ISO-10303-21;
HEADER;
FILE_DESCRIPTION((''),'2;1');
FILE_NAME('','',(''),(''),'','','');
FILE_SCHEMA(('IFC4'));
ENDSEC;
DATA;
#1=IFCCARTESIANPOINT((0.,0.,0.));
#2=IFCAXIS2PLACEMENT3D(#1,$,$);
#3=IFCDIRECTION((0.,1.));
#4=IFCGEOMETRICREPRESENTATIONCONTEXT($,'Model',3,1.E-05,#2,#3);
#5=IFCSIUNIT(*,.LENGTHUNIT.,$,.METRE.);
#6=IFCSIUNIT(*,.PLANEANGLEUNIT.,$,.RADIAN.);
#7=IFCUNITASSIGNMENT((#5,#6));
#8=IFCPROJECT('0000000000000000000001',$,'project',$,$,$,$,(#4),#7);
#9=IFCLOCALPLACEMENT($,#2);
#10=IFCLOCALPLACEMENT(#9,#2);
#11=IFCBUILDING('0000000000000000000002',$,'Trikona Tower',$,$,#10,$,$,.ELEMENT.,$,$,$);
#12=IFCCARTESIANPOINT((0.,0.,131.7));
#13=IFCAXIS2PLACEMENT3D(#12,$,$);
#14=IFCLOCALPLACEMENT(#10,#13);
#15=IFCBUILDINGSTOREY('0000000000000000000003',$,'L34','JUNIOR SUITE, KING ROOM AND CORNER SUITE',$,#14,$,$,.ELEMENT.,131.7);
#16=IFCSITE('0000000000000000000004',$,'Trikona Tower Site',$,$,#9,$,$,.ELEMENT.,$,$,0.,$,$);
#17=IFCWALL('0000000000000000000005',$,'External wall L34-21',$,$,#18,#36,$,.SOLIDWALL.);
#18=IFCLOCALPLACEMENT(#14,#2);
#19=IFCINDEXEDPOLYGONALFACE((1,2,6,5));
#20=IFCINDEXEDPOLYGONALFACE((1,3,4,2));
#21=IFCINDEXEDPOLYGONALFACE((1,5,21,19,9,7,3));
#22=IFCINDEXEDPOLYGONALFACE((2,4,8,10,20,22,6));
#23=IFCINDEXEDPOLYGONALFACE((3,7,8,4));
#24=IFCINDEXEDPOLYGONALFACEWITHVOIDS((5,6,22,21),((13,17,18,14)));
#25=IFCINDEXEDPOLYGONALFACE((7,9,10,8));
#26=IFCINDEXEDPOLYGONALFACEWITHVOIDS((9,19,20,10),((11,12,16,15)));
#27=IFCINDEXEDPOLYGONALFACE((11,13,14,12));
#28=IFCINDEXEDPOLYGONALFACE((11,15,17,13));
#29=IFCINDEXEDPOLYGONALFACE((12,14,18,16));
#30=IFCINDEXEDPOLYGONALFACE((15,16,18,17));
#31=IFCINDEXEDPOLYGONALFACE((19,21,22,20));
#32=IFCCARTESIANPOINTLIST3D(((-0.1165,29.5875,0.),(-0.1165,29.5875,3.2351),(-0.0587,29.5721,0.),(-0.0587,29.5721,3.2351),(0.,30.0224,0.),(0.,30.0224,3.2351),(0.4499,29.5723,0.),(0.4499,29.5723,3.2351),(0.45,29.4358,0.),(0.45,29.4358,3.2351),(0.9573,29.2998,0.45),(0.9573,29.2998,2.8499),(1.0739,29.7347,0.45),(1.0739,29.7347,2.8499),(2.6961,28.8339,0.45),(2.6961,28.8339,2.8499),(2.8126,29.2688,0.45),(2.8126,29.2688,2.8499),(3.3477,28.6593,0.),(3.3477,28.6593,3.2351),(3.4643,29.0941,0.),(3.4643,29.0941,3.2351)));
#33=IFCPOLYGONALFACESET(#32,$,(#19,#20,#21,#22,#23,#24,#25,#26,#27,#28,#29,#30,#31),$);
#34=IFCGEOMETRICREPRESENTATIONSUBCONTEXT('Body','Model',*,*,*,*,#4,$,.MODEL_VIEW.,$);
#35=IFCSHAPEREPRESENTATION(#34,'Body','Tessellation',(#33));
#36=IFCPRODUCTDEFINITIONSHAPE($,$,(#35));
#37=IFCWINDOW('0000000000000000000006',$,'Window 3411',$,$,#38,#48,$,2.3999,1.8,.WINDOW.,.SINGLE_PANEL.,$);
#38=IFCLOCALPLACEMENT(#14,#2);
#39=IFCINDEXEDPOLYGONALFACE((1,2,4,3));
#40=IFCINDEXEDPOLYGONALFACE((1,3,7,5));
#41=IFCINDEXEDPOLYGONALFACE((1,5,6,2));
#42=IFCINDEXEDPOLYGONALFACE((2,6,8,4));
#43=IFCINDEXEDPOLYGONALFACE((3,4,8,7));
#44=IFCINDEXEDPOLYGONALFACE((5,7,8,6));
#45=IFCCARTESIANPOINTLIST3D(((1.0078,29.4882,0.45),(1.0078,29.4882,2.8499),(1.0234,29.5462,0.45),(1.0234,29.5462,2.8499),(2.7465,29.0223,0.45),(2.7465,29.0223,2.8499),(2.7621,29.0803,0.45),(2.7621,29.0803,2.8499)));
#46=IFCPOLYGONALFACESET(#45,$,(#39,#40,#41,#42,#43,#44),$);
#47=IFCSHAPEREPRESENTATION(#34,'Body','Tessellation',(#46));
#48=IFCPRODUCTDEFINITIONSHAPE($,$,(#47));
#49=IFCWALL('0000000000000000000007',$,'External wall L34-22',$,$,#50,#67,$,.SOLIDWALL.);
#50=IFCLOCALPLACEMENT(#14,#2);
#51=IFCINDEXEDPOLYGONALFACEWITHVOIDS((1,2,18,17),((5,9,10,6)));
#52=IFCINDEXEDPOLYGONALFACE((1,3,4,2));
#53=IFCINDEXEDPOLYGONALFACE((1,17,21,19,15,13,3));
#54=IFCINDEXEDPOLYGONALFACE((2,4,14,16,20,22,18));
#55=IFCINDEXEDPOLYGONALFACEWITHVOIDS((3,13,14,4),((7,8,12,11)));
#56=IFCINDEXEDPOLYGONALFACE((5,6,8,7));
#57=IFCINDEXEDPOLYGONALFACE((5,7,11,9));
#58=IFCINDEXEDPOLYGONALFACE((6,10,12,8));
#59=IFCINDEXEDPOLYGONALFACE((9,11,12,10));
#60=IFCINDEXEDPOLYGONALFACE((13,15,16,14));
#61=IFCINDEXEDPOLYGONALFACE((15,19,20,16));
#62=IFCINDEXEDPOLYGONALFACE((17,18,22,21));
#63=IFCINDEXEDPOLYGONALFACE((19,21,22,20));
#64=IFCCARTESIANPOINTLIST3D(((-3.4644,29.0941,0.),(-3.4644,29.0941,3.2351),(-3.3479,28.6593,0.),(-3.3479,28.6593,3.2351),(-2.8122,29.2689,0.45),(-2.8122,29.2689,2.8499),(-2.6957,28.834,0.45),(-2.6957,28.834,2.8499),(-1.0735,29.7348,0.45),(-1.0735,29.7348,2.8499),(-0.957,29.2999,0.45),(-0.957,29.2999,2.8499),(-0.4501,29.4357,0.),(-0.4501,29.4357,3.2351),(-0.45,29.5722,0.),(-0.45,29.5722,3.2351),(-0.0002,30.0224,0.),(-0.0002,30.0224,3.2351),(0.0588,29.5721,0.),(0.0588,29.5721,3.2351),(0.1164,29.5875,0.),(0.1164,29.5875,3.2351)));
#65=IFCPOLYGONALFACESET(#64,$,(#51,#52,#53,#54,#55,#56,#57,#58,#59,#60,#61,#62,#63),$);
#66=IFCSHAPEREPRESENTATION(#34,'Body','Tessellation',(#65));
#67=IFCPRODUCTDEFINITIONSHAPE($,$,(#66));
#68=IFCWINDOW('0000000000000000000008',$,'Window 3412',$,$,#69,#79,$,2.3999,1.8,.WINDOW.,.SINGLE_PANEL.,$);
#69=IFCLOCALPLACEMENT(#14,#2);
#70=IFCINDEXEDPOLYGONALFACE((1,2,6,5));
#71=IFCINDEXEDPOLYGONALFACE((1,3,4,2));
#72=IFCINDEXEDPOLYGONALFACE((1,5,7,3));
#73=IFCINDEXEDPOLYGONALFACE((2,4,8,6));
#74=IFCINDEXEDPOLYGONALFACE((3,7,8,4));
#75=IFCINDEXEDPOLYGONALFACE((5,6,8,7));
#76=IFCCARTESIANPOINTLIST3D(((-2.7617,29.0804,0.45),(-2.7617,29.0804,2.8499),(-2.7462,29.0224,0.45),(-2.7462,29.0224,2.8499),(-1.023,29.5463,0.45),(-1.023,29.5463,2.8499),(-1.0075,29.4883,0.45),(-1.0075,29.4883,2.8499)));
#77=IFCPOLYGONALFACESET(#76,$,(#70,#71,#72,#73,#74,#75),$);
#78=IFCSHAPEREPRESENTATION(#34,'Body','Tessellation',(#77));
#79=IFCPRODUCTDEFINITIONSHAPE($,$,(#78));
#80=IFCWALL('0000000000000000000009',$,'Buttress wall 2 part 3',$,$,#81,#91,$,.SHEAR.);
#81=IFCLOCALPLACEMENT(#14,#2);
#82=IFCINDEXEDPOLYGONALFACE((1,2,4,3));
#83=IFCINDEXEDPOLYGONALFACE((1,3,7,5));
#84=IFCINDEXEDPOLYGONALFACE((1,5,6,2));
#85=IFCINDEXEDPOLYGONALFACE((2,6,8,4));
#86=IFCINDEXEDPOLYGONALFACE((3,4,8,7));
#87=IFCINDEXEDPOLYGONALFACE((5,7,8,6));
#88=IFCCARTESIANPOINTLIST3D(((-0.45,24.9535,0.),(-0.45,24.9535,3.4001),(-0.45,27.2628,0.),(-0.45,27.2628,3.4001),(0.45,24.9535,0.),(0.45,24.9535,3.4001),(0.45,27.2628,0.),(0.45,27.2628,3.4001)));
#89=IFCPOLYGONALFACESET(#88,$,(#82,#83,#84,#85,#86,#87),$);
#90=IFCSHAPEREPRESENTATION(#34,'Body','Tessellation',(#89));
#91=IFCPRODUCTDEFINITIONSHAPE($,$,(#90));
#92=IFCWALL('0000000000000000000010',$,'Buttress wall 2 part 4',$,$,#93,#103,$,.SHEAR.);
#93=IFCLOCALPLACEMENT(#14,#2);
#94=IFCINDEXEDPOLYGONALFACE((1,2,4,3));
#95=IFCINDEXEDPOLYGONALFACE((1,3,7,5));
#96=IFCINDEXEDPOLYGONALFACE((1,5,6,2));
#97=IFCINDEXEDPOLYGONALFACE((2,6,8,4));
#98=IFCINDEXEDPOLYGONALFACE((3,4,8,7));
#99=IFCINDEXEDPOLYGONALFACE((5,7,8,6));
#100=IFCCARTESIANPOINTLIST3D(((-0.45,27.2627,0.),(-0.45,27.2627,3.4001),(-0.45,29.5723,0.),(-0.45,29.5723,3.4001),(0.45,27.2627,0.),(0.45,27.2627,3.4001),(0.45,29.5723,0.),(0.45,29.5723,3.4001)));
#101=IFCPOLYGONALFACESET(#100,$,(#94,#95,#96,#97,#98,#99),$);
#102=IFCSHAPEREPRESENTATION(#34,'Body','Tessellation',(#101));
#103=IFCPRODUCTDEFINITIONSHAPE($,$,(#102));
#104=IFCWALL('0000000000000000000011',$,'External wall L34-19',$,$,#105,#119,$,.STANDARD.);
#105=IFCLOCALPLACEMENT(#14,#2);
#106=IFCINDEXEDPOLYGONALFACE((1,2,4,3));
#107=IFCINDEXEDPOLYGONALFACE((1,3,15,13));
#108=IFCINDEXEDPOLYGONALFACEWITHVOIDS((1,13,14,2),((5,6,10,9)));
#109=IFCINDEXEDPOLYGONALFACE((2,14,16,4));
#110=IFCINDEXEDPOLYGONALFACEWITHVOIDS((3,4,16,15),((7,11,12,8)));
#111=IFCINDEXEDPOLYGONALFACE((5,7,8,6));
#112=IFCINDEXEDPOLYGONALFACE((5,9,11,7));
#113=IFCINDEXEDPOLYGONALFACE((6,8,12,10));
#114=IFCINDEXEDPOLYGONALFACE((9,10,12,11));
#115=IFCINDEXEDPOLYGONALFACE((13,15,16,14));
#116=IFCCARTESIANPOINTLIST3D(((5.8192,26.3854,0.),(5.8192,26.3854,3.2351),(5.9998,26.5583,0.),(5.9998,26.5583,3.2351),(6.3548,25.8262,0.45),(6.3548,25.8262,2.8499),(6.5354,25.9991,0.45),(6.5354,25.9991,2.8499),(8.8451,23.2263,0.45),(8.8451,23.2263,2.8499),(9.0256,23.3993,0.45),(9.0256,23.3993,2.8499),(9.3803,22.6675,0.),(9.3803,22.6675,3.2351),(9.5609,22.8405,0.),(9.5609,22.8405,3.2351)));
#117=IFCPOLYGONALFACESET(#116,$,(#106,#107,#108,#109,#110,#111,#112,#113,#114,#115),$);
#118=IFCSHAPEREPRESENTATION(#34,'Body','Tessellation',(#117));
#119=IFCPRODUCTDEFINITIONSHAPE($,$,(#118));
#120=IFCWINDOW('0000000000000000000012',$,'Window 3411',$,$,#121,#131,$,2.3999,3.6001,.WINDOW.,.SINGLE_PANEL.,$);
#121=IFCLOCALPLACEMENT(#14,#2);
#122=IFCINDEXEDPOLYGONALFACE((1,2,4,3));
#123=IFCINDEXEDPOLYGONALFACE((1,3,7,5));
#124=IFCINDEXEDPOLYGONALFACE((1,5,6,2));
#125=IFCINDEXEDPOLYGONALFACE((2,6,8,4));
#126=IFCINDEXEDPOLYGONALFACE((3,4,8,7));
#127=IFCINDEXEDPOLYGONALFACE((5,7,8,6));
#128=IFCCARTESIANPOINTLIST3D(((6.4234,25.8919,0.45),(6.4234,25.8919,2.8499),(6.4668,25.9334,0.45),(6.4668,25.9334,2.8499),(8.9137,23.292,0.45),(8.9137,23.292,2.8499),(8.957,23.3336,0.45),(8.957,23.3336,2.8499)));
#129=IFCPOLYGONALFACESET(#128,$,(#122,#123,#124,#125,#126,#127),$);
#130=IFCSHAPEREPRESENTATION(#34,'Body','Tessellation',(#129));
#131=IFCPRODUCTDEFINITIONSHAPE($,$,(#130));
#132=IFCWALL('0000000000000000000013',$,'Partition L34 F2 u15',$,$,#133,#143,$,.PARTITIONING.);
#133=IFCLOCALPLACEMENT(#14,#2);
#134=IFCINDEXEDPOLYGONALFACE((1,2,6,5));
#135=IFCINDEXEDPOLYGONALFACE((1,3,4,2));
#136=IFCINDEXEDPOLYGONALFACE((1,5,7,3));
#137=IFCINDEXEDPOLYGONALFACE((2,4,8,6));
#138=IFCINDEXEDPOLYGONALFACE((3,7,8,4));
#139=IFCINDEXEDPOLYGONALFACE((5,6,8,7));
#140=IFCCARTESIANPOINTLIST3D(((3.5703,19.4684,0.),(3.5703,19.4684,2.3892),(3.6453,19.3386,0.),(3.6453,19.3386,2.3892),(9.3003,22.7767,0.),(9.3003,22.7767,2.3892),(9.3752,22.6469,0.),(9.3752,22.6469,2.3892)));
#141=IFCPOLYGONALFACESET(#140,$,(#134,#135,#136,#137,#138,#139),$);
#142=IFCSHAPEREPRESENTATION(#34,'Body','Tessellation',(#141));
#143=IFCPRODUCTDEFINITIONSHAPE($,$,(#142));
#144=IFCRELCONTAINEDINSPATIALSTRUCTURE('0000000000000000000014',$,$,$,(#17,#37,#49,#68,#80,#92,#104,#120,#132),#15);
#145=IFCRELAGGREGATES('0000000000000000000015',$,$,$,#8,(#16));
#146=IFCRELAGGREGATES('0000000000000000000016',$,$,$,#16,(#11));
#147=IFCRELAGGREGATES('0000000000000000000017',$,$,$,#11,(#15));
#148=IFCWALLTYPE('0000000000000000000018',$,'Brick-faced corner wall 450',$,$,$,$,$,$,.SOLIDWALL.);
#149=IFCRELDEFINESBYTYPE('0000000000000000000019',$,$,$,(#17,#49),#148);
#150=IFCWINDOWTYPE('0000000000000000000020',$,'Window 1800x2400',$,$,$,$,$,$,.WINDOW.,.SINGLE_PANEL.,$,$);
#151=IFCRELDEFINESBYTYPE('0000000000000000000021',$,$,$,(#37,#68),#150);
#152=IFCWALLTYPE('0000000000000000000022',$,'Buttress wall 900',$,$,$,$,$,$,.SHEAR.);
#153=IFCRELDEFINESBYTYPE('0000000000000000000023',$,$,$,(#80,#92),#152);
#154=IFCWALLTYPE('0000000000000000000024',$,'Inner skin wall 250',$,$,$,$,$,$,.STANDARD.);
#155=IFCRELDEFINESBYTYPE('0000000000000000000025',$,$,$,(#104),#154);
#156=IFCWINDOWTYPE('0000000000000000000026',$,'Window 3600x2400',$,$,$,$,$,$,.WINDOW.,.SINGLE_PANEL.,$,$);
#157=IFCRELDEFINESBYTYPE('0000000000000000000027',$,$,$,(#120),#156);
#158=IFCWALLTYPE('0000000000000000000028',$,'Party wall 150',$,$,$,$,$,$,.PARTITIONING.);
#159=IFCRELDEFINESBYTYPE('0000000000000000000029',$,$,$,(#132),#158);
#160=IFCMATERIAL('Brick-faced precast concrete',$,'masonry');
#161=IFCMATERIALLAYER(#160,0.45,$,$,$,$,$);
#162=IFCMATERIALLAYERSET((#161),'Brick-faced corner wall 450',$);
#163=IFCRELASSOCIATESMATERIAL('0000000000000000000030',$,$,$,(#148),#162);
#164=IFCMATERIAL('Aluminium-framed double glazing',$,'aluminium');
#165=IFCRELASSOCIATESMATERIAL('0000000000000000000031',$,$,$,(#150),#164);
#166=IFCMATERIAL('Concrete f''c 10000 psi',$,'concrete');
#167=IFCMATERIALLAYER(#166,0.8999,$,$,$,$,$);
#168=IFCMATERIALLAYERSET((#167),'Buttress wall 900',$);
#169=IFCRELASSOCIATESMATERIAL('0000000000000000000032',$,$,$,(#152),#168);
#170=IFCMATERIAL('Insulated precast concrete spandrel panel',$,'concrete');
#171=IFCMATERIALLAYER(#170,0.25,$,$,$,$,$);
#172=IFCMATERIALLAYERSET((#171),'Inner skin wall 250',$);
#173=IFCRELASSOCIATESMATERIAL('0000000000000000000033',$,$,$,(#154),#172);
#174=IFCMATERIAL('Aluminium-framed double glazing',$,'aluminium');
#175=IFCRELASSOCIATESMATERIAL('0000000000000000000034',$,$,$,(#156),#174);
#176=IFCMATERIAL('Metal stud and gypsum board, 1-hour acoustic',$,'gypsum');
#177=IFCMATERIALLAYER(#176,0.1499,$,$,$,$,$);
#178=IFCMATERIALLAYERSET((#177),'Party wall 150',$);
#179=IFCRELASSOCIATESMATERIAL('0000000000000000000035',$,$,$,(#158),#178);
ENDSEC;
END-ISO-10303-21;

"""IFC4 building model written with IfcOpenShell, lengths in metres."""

from ifc_helpers import new_model, si_unit, direction, frame, frame_2d, origin, place, context, subcontext, project, spatial, polyline, rectangle, outline, extrude, material, layer, layer_set, type_object, element, fill, save


model = new_model("IFC4")

# Units and contexts
model_context = context("Model", 3, precision=1e-05, world=origin(), true_north=direction((0.0, 1.0)))
body_context = subcontext(model_context, "Body", "Model", "MODEL_VIEW")
ifc_project = project(units=[si_unit("LENGTHUNIT", "METRE"), si_unit("PLANEANGLEUNIT", "RADIAN")], contexts=[model_context])

# Site, building, storey
site_placement = place(None, origin())
site = spatial("IfcSite", under=ifc_project, at=site_placement, Name="Trikona Tower Site", CompositionType="ELEMENT", RefElevation=0.0)
building_placement = place(site_placement, origin())
building = spatial("IfcBuilding", under=site, at=building_placement, Name="Trikona Tower", CompositionType="ELEMENT")
storey_placement = place(building_placement, frame((0.0, 0.0, 131.7)))
storey = spatial("IfcBuildingStorey", under=building, at=storey_placement, Name="L34", Description="JUNIOR SUITE, KING ROOM AND CORNER SUITE", CompositionType="ELEMENT", Elevation=131.7)

# Walls, openings, windows
ifc_material_1 = material(Name="Brick-faced precast concrete", Category="masonry")
ifc_layer_1 = layer(ifc_material_1, 0.45)
ifc_layer_set_1 = layer_set([ifc_layer_1], Name="Brick-faced corner wall 450")
wall_type_1 = type_object("IfcWallType", Name="Brick-faced corner wall 450", PredefinedType="SOLIDWALL", material=ifc_layer_set_1)
wall_1_placement = place(storey_placement, frame((3.406, 28.8767, 0.0), z_axis=(0.0, 0.0, 1.0), x_axis=(-0.965925, 0.258823, 0.0)))
wall_1 = element("IfcWall", 1, at=wall_1_placement, inside=storey, type_object=wall_type_1, Name="External wall L34-21", PredefinedType="SOLIDWALL", context=body_context, shape_type="SweptSolid", body=[
    extrude(outline(polyline([(3.5864, 0.2251), (3.5266, 0.2251), (3.0354, 0.0933), (3.0, 0.2251), (0.0, 0.2251), (0.0, -0.2251), (3.5864, -0.2251), (3.5864, 0.2251)])), origin(), (0.0, 0.0, 1.0), 3.2351),
])
opening_1_placement = place(wall_1_placement, frame((0.6748, 0.0, 0.45)))
opening_1 = element("IfcOpeningElement", 2, at=opening_1_placement, cuts=wall_1, PredefinedType="OPENING", context=body_context, shape_type="SweptSolid", body=[
    extrude(rectangle(XDim=1.8, YDim=2.3999, at=frame_2d((0.8999, 1.2))), frame((0.0, 0.2349, 0.0), z_axis=(0.0, -1.0, 0.0), x_axis=(1.0, 0.0, 0.0)), (0.0, 0.0, 1.0), 0.47),
])
ifc_material_2 = material(Name="Aluminium-framed double glazing", Category="aluminium")
window_type_1 = type_object("IfcWindowType", Name="Window 1800x2400", PartitioningType="SINGLE_PANEL", PredefinedType="WINDOW", material=ifc_material_2)
window_1_placement = place(opening_1_placement, origin())
window_1 = element("IfcWindow", 3, at=window_1_placement, inside=storey, type_object=window_type_1, Name="Window 3411", OverallHeight=2.3999, OverallWidth=1.8, PartitioningType="SINGLE_PANEL", PredefinedType="WINDOW", context=body_context, shape_type="SweptSolid", body=[
    extrude(rectangle(XDim=1.8, YDim=2.3999, at=frame_2d((0.8999, 1.2))), frame((0.0, 0.03, 0.0), z_axis=(0.0, -1.0, 0.0), x_axis=(1.0, 0.0, 0.0)), (0.0, 0.0, 1.0), 0.0601),
])
fill(opening_1, window_1)
wall_2_placement = place(storey_placement, frame((0.0581, 29.8049, 0.0), z_axis=(0.0, 0.0, 1.0), x_axis=(-0.965925, -0.258823, 0.0)))
wall_2 = element("IfcWall", 4, at=wall_2_placement, inside=storey, type_object=wall_type_1, Name="External wall L34-22", PredefinedType="SOLIDWALL", context=body_context, shape_type="SweptSolid", body=[
    extrude(outline(polyline([(3.5864, 0.2251), (0.5864, 0.2251), (0.551, 0.0933), (0.0596, 0.2251), (0.0, 0.2251), (0.0, -0.2251), (3.5864, -0.2251), (3.5864, 0.2251)])), origin(), (0.0, 0.0, 1.0), 3.2351),
])
opening_2_placement = place(wall_2_placement, frame((1.1113, 0.0, 0.45)))
opening_2 = element("IfcOpeningElement", 5, at=opening_2_placement, cuts=wall_2, PredefinedType="OPENING", context=body_context, shape_type="SweptSolid", body=[
    extrude(rectangle(XDim=1.8, YDim=2.3999, at=frame_2d((0.8999, 1.2))), frame((0.0, 0.2349, 0.0), z_axis=(0.0, -1.0, 0.0), x_axis=(1.0, 0.0, 0.0)), (0.0, 0.0, 1.0), 0.47),
])
window_2_placement = place(opening_2_placement, origin())
window_2 = element("IfcWindow", 6, at=window_2_placement, inside=storey, type_object=window_type_1, Name="Window 3412", OverallHeight=2.3999, OverallWidth=1.8, PartitioningType="SINGLE_PANEL", PredefinedType="WINDOW", context=body_context, shape_type="SweptSolid", body=[
    extrude(rectangle(XDim=1.8, YDim=2.3999, at=frame_2d((0.8999, 1.2))), frame((0.0, 0.03, 0.0), z_axis=(0.0, -1.0, 0.0), x_axis=(1.0, 0.0, 0.0)), (0.0, 0.0, 1.0), 0.0601),
])
fill(opening_2, window_2)

# Walls
ifc_material_3 = material(Name="Concrete f'c 10000 psi", Category="concrete")
ifc_layer_2 = layer(ifc_material_3, 0.8999)
ifc_layer_set_2 = layer_set([ifc_layer_2], Name="Buttress wall 900")
wall_type_2 = type_object("IfcWallType", Name="Buttress wall 900", PredefinedType="SHEAR", material=ifc_layer_set_2)
wall_3_placement = place(storey_placement, frame((0.0, 24.9534, 0.0), z_axis=(0.0, 0.0, 1.0), x_axis=(0.0, 1.0, 0.0)))
element("IfcWall", 7, at=wall_3_placement, inside=storey, type_object=wall_type_2, Name="Buttress wall 2 part 3", PredefinedType="SHEAR", context=body_context, shape_type="SweptSolid", body=[
    extrude(rectangle(XDim=2.3093, YDim=0.8999, at=frame_2d((1.1548, 0.0))), origin(), (0.0, 0.0, 1.0), 3.4001),
])
wall_4_placement = place(storey_placement, frame((0.0, 27.2627, 0.0), z_axis=(0.0, 0.0, 1.0), x_axis=(0.0, 1.0, 0.0)))
element("IfcWall", 8, at=wall_4_placement, inside=storey, type_object=wall_type_2, Name="Buttress wall 2 part 4", PredefinedType="SHEAR", context=body_context, shape_type="SweptSolid", body=[
    extrude(rectangle(XDim=2.3096, YDim=0.8999, at=frame_2d((1.1548, 0.0))), origin(), (0.0, 0.0, 1.0), 3.4001),
])

# Wall, opening, window
ifc_material_4 = material(Name="Insulated precast concrete spandrel panel", Category="concrete")
ifc_layer_3 = layer(ifc_material_4, 0.25)
ifc_layer_set_3 = layer_set([ifc_layer_3], Name="Inner skin wall 250")
wall_type_3 = type_object("IfcWallType", Name="Inner skin wall 250", PredefinedType="STANDARD", material=ifc_layer_set_3)
wall_5_placement = place(storey_placement, frame((9.4707, 22.7539, 0.0), z_axis=(0.0, 0.0, 1.0), x_axis=(-0.69172, 0.722166, 0.0)))
wall_5 = element("IfcWall", 9, at=wall_5_placement, inside=storey, type_object=wall_type_3, Name="External wall L34-19", PredefinedType="STANDARD", context=body_context, shape_type="SweptSolid", body=[
    extrude(rectangle(XDim=5.1482, YDim=0.25, at=frame_2d((2.5742, 0.0))), origin(), (0.0, 0.0, 1.0), 3.2351),
])
opening_3_placement = place(wall_5_placement, frame((0.7739, 0.0, 0.45)))
opening_3 = element("IfcOpeningElement", 10, at=opening_3_placement, cuts=wall_5, PredefinedType="OPENING", context=body_context, shape_type="SweptSolid", body=[
    extrude(rectangle(XDim=3.6001, YDim=2.3999, at=frame_2d((1.8, 1.2))), frame((0.0, 0.135, 0.0), z_axis=(0.0, -1.0, 0.0), x_axis=(1.0, 0.0, 0.0)), (0.0, 0.0, 1.0), 0.27),
])
ifc_material_5 = material(Name="Aluminium-framed double glazing", Category="aluminium")
window_type_2 = type_object("IfcWindowType", Name="Window 3600x2400", PartitioningType="SINGLE_PANEL", PredefinedType="WINDOW", material=ifc_material_5)
window_3_placement = place(opening_3_placement, origin())
window_3 = element("IfcWindow", 11, at=window_3_placement, inside=storey, type_object=window_type_2, Name="Window 3411", OverallHeight=2.3999, OverallWidth=3.6001, PartitioningType="SINGLE_PANEL", PredefinedType="WINDOW", context=body_context, shape_type="SweptSolid", body=[
    extrude(rectangle(XDim=3.6001, YDim=2.3999, at=frame_2d((1.8, 1.2))), frame((0.0, 0.03, 0.0), z_axis=(0.0, -1.0, 0.0), x_axis=(1.0, 0.0, 0.0)), (0.0, 0.0, 1.0), 0.0601),
])
fill(opening_3, window_3)

# Wall
ifc_material_6 = material(Name="Metal stud and gypsum board, 1-hour acoustic", Category="gypsum")
ifc_layer_4 = layer(ifc_material_6, 0.1499)
ifc_layer_set_4 = layer_set([ifc_layer_4], Name="Party wall 150")
wall_type_4 = type_object("IfcWallType", Name="Party wall 150", PredefinedType="PARTITIONING", material=ifc_layer_set_4)
wall_6_placement = place(storey_placement, frame((3.6079, 19.4036, 0.0), z_axis=(0.0, 0.0, 1.0), x_axis=(0.866016, 0.500016, 0.0)))
element("IfcWall", 12, at=wall_6_placement, inside=storey, type_object=wall_type_4, Name="Partition L34 F2 u15", PredefinedType="PARTITIONING", context=body_context, shape_type="SweptSolid", body=[
    extrude(rectangle(XDim=6.6165, YDim=0.1499, at=frame_2d((3.3081, 0.0))), origin(), (0.0, 0.0, 1.0), 2.3892),
])

save(model, "model.ifc")
